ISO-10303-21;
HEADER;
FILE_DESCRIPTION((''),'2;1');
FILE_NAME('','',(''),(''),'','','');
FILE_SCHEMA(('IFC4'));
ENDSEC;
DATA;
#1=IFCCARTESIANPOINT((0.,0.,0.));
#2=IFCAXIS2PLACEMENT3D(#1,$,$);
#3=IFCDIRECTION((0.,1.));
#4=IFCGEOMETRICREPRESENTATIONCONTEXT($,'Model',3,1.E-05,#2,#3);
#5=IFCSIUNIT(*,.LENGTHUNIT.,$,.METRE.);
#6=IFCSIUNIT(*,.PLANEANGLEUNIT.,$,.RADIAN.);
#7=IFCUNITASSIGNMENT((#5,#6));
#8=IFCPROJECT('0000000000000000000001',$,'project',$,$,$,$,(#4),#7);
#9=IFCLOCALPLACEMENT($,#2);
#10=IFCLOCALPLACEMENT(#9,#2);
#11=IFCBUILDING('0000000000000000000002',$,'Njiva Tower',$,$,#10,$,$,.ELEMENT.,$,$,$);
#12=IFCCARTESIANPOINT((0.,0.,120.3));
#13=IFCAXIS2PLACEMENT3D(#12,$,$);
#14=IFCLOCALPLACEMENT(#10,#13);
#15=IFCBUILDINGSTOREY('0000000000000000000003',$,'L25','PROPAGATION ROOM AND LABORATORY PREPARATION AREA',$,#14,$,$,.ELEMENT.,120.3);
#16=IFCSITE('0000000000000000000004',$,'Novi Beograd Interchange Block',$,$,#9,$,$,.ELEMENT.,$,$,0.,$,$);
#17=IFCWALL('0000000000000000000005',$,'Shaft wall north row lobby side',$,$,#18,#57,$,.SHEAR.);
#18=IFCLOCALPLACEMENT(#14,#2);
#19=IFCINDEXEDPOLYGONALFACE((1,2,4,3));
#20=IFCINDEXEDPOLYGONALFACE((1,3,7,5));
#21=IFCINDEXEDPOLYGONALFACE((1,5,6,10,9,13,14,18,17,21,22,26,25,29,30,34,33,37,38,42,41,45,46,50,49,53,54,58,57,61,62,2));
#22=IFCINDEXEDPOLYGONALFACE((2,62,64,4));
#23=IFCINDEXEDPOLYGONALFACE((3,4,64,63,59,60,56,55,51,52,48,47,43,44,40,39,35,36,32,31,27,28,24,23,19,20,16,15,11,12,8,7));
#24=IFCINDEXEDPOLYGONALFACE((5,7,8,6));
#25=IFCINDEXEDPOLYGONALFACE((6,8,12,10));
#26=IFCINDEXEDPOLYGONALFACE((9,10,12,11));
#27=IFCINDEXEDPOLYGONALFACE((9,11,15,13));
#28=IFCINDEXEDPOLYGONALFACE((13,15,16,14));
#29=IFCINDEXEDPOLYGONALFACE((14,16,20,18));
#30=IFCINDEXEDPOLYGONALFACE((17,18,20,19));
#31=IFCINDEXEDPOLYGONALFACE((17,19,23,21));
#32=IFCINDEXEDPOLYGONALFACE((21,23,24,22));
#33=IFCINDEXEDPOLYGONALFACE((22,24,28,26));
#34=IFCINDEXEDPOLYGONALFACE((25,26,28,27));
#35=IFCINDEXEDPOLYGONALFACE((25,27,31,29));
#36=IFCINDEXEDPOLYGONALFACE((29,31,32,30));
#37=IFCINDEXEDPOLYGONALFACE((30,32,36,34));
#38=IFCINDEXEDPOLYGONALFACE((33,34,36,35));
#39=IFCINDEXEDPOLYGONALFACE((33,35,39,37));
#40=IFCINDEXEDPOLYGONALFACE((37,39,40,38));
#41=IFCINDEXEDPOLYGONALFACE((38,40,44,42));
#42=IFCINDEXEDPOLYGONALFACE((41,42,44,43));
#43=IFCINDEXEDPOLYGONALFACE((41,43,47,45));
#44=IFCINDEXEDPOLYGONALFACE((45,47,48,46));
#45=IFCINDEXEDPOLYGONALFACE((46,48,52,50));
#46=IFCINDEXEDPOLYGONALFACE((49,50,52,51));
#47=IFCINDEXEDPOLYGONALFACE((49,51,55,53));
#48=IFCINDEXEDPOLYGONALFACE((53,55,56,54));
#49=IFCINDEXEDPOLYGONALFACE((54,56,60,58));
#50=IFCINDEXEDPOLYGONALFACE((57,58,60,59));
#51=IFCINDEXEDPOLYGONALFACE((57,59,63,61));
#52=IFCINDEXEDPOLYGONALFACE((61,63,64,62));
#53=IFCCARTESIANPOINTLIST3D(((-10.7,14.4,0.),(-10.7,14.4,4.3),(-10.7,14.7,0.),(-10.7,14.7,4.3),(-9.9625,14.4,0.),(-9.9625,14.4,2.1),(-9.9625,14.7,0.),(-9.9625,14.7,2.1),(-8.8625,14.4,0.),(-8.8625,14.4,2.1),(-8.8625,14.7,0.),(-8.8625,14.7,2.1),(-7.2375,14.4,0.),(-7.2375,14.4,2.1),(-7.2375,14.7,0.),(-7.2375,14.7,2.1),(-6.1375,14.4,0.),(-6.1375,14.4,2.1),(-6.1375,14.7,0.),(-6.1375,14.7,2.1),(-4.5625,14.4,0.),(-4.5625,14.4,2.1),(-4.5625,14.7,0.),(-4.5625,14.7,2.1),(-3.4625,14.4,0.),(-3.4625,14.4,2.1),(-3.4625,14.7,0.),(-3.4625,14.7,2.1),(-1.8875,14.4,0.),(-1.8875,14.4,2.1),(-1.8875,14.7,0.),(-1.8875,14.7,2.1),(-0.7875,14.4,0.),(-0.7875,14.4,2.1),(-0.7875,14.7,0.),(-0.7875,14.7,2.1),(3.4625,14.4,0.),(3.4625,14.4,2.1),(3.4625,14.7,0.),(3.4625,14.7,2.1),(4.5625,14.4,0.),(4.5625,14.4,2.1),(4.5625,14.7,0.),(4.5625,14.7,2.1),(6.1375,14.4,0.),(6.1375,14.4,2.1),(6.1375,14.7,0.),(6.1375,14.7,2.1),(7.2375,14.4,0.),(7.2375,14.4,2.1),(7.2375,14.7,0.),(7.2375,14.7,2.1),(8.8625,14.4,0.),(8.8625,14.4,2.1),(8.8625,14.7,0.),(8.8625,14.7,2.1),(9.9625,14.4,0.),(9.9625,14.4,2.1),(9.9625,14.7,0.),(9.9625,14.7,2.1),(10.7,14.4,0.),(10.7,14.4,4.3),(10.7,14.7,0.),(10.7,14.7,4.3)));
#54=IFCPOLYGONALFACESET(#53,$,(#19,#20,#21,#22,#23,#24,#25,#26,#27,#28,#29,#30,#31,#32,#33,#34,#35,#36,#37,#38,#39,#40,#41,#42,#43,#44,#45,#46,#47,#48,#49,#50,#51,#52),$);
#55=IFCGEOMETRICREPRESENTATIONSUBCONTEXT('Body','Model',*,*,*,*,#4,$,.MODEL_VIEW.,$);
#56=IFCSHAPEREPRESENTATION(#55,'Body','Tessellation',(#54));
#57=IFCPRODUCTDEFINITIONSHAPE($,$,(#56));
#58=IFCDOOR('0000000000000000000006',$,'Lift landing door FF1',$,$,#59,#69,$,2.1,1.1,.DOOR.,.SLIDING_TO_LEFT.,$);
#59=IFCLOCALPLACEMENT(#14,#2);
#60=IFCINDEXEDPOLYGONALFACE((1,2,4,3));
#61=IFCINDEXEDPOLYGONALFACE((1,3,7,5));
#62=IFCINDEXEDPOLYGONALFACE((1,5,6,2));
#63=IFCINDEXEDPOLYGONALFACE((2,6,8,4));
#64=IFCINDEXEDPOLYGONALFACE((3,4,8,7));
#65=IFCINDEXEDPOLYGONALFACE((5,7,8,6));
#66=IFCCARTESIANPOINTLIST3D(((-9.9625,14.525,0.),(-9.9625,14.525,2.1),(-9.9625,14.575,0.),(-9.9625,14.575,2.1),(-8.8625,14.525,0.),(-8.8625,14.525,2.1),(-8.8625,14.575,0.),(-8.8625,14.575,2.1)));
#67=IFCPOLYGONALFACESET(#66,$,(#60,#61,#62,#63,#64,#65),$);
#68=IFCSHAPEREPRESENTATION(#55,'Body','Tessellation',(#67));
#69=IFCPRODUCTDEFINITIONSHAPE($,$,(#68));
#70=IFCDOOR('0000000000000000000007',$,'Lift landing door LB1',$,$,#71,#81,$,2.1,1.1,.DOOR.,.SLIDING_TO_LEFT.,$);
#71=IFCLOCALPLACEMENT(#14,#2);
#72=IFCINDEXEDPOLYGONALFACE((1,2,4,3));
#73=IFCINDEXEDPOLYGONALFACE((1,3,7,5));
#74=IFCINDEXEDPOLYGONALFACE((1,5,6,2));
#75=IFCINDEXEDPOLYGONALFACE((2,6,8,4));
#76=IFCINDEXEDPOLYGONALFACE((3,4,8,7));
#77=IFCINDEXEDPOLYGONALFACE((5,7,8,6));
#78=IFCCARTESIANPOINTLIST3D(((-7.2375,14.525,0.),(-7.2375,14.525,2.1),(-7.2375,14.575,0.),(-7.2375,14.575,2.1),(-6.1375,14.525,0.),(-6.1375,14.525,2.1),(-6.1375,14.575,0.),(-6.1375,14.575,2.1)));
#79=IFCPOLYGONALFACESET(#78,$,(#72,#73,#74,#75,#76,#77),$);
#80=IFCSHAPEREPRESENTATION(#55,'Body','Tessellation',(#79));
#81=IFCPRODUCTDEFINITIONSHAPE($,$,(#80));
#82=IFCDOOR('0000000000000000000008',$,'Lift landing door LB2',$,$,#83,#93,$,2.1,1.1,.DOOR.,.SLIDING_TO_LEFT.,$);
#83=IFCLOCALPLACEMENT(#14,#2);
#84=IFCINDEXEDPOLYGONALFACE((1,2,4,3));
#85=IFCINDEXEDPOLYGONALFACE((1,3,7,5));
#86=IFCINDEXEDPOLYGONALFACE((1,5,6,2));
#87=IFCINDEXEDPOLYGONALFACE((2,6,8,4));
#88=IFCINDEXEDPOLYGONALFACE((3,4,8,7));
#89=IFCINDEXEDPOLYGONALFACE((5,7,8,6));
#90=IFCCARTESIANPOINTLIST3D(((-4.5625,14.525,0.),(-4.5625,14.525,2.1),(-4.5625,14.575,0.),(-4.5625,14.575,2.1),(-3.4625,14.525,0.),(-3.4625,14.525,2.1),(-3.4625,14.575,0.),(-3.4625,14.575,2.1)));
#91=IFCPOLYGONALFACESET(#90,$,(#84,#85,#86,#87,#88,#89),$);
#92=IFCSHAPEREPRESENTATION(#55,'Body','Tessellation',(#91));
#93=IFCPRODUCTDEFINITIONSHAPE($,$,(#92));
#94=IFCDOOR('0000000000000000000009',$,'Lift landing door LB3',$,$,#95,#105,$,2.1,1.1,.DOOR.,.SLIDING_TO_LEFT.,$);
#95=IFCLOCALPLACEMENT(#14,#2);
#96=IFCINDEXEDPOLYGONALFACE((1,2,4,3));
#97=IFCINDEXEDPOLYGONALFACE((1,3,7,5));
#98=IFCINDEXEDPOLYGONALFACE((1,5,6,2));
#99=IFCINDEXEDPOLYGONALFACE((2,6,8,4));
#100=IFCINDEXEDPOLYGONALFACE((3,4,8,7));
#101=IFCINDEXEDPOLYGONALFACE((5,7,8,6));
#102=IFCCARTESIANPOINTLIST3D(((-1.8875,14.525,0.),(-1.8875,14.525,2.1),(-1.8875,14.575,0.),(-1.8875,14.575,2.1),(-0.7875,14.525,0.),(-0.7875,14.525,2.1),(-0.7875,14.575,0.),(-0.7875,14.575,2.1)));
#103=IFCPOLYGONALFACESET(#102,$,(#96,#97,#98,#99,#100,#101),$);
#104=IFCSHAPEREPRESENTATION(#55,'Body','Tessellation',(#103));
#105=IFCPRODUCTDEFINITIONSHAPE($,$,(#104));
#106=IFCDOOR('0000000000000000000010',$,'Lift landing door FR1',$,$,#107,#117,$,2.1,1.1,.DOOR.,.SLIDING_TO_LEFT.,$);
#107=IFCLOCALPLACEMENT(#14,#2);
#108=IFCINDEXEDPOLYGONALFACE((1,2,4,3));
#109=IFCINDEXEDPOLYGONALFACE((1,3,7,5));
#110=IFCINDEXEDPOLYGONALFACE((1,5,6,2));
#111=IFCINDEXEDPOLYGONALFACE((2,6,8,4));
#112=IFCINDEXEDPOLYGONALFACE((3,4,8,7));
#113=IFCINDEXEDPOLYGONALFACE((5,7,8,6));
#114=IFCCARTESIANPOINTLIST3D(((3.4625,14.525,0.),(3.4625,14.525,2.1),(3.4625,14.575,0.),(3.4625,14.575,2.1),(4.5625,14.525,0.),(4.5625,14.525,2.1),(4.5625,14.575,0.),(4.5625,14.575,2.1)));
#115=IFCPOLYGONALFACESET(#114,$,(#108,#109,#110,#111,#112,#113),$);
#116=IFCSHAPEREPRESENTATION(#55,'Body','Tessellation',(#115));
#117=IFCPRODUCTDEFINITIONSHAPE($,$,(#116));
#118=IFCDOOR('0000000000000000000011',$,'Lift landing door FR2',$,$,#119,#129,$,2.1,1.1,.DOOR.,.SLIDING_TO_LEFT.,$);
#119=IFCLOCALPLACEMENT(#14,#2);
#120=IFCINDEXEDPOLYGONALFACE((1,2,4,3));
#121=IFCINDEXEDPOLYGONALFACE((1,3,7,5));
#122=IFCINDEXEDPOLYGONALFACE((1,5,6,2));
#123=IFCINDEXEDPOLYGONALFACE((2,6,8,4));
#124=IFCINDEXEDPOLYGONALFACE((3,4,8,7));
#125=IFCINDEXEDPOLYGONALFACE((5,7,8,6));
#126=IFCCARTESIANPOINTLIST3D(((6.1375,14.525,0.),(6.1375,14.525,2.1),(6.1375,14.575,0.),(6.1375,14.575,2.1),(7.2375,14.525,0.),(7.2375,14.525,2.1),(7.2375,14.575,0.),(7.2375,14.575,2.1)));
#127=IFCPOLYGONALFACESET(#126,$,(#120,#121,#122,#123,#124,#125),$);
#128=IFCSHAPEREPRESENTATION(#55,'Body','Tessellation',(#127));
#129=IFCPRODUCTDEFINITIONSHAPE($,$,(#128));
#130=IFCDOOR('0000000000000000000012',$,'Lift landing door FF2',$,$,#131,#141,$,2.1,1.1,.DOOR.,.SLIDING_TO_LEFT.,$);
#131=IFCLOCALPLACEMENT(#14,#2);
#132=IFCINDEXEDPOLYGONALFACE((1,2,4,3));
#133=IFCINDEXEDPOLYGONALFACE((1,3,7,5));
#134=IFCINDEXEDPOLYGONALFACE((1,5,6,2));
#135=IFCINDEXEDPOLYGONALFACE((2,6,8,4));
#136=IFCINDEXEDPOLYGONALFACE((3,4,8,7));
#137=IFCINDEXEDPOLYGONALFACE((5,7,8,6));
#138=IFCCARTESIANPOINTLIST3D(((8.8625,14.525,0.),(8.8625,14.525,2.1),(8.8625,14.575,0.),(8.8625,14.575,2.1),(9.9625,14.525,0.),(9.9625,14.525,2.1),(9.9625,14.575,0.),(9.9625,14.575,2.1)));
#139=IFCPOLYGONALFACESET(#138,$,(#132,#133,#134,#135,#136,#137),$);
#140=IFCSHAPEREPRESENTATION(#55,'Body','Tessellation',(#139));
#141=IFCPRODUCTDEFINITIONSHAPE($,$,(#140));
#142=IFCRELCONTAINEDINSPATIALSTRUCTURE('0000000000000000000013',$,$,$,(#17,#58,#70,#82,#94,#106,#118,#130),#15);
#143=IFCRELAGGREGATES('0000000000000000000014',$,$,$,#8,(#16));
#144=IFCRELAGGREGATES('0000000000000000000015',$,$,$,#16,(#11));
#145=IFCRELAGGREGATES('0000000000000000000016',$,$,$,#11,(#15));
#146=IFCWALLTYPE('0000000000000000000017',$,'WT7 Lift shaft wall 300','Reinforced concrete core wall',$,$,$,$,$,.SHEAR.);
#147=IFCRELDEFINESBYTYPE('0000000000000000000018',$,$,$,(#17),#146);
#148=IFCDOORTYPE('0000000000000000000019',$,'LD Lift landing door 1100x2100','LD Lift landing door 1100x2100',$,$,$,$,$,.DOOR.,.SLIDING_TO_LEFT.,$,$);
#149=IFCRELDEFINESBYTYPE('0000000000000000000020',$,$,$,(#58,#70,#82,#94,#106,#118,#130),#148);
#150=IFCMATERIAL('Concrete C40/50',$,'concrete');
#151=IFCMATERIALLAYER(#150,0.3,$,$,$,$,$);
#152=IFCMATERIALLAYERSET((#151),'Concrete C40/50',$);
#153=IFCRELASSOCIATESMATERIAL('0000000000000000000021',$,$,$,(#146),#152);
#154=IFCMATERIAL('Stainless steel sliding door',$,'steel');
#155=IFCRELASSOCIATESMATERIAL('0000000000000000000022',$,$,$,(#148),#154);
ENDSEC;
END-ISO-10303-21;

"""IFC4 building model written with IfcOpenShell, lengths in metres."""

from ifc_helpers import new_model, si_unit, direction, frame, frame_2d, origin, place, context, subcontext, project, spatial, rectangle, extrude, material, layer, layer_set, type_object, element, fill, save


model = new_model("IFC4")

# Units and contexts
model_context = context("Model", 3, precision=1e-05, world=origin(), true_north=direction((0.0, 1.0)))
body_context = subcontext(model_context, "Body", "Model", "MODEL_VIEW")
ifc_project = project(units=[si_unit("LENGTHUNIT", "METRE"), si_unit("PLANEANGLEUNIT", "RADIAN")], contexts=[model_context])

# Site, building, storey
site_placement = place(None, origin())
site = spatial("IfcSite", under=ifc_project, at=site_placement, Name="Novi Beograd Interchange Block", CompositionType="ELEMENT", RefElevation=0.0)
building_placement = place(site_placement, origin())
building = spatial("IfcBuilding", under=site, at=building_placement, Name="Njiva Tower", CompositionType="ELEMENT")
storey_placement = place(building_placement, frame((0.0, 0.0, 120.3)))
storey = spatial("IfcBuildingStorey", under=building, at=storey_placement, Name="L25", Description="PROPAGATION ROOM AND LABORATORY PREPARATION AREA", CompositionType="ELEMENT", Elevation=120.3)

# Shared definitions
ifc_material_1 = material(Name="Concrete C40/50", Category="concrete")

# Wall, openings, doors
ifc_layer_1 = layer(ifc_material_1, 0.3)
ifc_layer_set_1 = layer_set([ifc_layer_1], Name="Concrete C40/50")
wall_type_1 = type_object("IfcWallType", Name="WT7 Lift shaft wall 300", Description="Reinforced concrete core wall", PredefinedType="SHEAR", material=ifc_layer_set_1)
wall_1_placement = place(storey_placement, frame((-10.7, 14.55, 0.0), z_axis=(0.0, 0.0, 1.0), x_axis=(1.0, 0.0, 0.0)))
wall_1 = element("IfcWall", 1, at=wall_1_placement, inside=storey, type_object=wall_type_1, Name="Shaft wall north row lobby side", PredefinedType="SHEAR", context=body_context, shape_type="SweptSolid", body=[
    extrude(rectangle(XDim=21.4, YDim=0.3, at=frame_2d((10.7, 0.0))), origin(), (0.0, 0.0, 1.0), 4.3),
])
opening_1_placement = place(wall_1_placement, frame((0.7375, 0.0, 0.0)))
opening_1 = element("IfcOpeningElement", 2, at=opening_1_placement, cuts=wall_1, PredefinedType="OPENING", context=body_context, shape_type="SweptSolid", body=[
    extrude(rectangle(XDim=1.1, YDim=2.1, at=frame_2d((0.55, 1.05))), frame((0.0, 0.16, 0.0), z_axis=(0.0, -1.0, 0.0), x_axis=(1.0, 0.0, 0.0)), (0.0, 0.0, 1.0), 0.32),
])
opening_2_placement = place(wall_1_placement, frame((3.4625, 0.0, 0.0)))
opening_2 = element("IfcOpeningElement", 3, at=opening_2_placement, cuts=wall_1, PredefinedType="OPENING", context=body_context, shape_type="SweptSolid", body=[
    extrude(rectangle(XDim=1.1, YDim=2.1, at=frame_2d((0.55, 1.05))), frame((0.0, 0.16, 0.0), z_axis=(0.0, -1.0, 0.0), x_axis=(1.0, 0.0, 0.0)), (0.0, 0.0, 1.0), 0.32),
])
opening_3_placement = place(wall_1_placement, frame((6.1375, 0.0, 0.0)))
opening_3 = element("IfcOpeningElement", 4, at=opening_3_placement, cuts=wall_1, PredefinedType="OPENING", context=body_context, shape_type="SweptSolid", body=[
    extrude(rectangle(XDim=1.1, YDim=2.1, at=frame_2d((0.55, 1.05))), frame((0.0, 0.16, 0.0), z_axis=(0.0, -1.0, 0.0), x_axis=(1.0, 0.0, 0.0)), (0.0, 0.0, 1.0), 0.32),
])
opening_4_placement = place(wall_1_placement, frame((8.8125, 0.0, 0.0)))
opening_4 = element("IfcOpeningElement", 5, at=opening_4_placement, cuts=wall_1, PredefinedType="OPENING", context=body_context, shape_type="SweptSolid", body=[
    extrude(rectangle(XDim=1.1, YDim=2.1, at=frame_2d((0.55, 1.05))), frame((0.0, 0.16, 0.0), z_axis=(0.0, -1.0, 0.0), x_axis=(1.0, 0.0, 0.0)), (0.0, 0.0, 1.0), 0.32),
])
opening_5_placement = place(wall_1_placement, frame((14.1625, 0.0, 0.0)))
opening_5 = element("IfcOpeningElement", 6, at=opening_5_placement, cuts=wall_1, PredefinedType="OPENING", context=body_context, shape_type="SweptSolid", body=[
    extrude(rectangle(XDim=1.1, YDim=2.1, at=frame_2d((0.55, 1.05))), frame((0.0, 0.16, 0.0), z_axis=(0.0, -1.0, 0.0), x_axis=(1.0, 0.0, 0.0)), (0.0, 0.0, 1.0), 0.32),
])
opening_6_placement = place(wall_1_placement, frame((16.8375, 0.0, 0.0)))
opening_6 = element("IfcOpeningElement", 7, at=opening_6_placement, cuts=wall_1, PredefinedType="OPENING", context=body_context, shape_type="SweptSolid", body=[
    extrude(rectangle(XDim=1.1, YDim=2.1, at=frame_2d((0.55, 1.05))), frame((0.0, 0.16, 0.0), z_axis=(0.0, -1.0, 0.0), x_axis=(1.0, 0.0, 0.0)), (0.0, 0.0, 1.0), 0.32),
])
opening_7_placement = place(wall_1_placement, frame((19.5625, 0.0, 0.0)))
opening_7 = element("IfcOpeningElement", 8, at=opening_7_placement, cuts=wall_1, PredefinedType="OPENING", context=body_context, shape_type="SweptSolid", body=[
    extrude(rectangle(XDim=1.1, YDim=2.1, at=frame_2d((0.55, 1.05))), frame((0.0, 0.16, 0.0), z_axis=(0.0, -1.0, 0.0), x_axis=(1.0, 0.0, 0.0)), (0.0, 0.0, 1.0), 0.32),
])
ifc_material_2 = material(Name="Stainless steel sliding door", Category="steel")
door_type_1 = type_object("IfcDoorType", Name="LD Lift landing door 1100x2100", Description="LD Lift landing door 1100x2100", OperationType="SLIDING_TO_LEFT", PredefinedType="DOOR", material=ifc_material_2)
door_1_placement = place(opening_1_placement, origin())
door_1 = element("IfcDoor", 9, at=door_1_placement, inside=storey, type_object=door_type_1, Name="Lift landing door FF1", OperationType="SLIDING_TO_LEFT", OverallHeight=2.1, OverallWidth=1.1, PredefinedType="DOOR", context=body_context, shape_type="SweptSolid", body=[
    extrude(rectangle(XDim=1.1, YDim=2.1, at=frame_2d((0.55, 1.05))), frame((0.0, 0.025, 0.0), z_axis=(0.0, -1.0, 0.0), x_axis=(1.0, 0.0, 0.0)), (0.0, 0.0, 1.0), 0.05),
])
fill(opening_1, door_1)
door_2_placement = place(opening_2_placement, origin())
door_2 = element("IfcDoor", 10, at=door_2_placement, inside=storey, type_object=door_type_1, Name="Lift landing door LB1", OperationType="SLIDING_TO_LEFT", OverallHeight=2.1, OverallWidth=1.1, PredefinedType="DOOR", context=body_context, shape_type="SweptSolid", body=[
    extrude(rectangle(XDim=1.1, YDim=2.1, at=frame_2d((0.55, 1.05))), frame((0.0, 0.025, 0.0), z_axis=(0.0, -1.0, 0.0), x_axis=(1.0, 0.0, 0.0)), (0.0, 0.0, 1.0), 0.05),
])
fill(opening_2, door_2)
door_3_placement = place(opening_3_placement, origin())
door_3 = element("IfcDoor", 11, at=door_3_placement, inside=storey, type_object=door_type_1, Name="Lift landing door LB2", OperationType="SLIDING_TO_LEFT", OverallHeight=2.1, OverallWidth=1.1, PredefinedType="DOOR", context=body_context, shape_type="SweptSolid", body=[
    extrude(rectangle(XDim=1.1, YDim=2.1, at=frame_2d((0.55, 1.05))), frame((0.0, 0.025, 0.0), z_axis=(0.0, -1.0, 0.0), x_axis=(1.0, 0.0, 0.0)), (0.0, 0.0, 1.0), 0.05),
])
fill(opening_3, door_3)
door_4_placement = place(opening_4_placement, origin())
door_4 = element("IfcDoor", 12, at=door_4_placement, inside=storey, type_object=door_type_1, Name="Lift landing door LB3", OperationType="SLIDING_TO_LEFT", OverallHeight=2.1, OverallWidth=1.1, PredefinedType="DOOR", context=body_context, shape_type="SweptSolid", body=[
    extrude(rectangle(XDim=1.1, YDim=2.1, at=frame_2d((0.55, 1.05))), frame((0.0, 0.025, 0.0), z_axis=(0.0, -1.0, 0.0), x_axis=(1.0, 0.0, 0.0)), (0.0, 0.0, 1.0), 0.05),
])
fill(opening_4, door_4)
door_5_placement = place(opening_5_placement, origin())
door_5 = element("IfcDoor", 13, at=door_5_placement, inside=storey, type_object=door_type_1, Name="Lift landing door FR1", OperationType="SLIDING_TO_LEFT", OverallHeight=2.1, OverallWidth=1.1, PredefinedType="DOOR", context=body_context, shape_type="SweptSolid", body=[
    extrude(rectangle(XDim=1.1, YDim=2.1, at=frame_2d((0.55, 1.05))), frame((0.0, 0.025, 0.0), z_axis=(0.0, -1.0, 0.0), x_axis=(1.0, 0.0, 0.0)), (0.0, 0.0, 1.0), 0.05),
])
fill(opening_5, door_5)
door_6_placement = place(opening_6_placement, origin())
door_6 = element("IfcDoor", 14, at=door_6_placement, inside=storey, type_object=door_type_1, Name="Lift landing door FR2", OperationType="SLIDING_TO_LEFT", OverallHeight=2.1, OverallWidth=1.1, PredefinedType="DOOR", context=body_context, shape_type="SweptSolid", body=[
    extrude(rectangle(XDim=1.1, YDim=2.1, at=frame_2d((0.55, 1.05))), frame((0.0, 0.025, 0.0), z_axis=(0.0, -1.0, 0.0), x_axis=(1.0, 0.0, 0.0)), (0.0, 0.0, 1.0), 0.05),
])
fill(opening_6, door_6)
door_7_placement = place(opening_7_placement, origin())
door_7 = element("IfcDoor", 15, at=door_7_placement, inside=storey, type_object=door_type_1, Name="Lift landing door FF2", OperationType="SLIDING_TO_LEFT", OverallHeight=2.1, OverallWidth=1.1, PredefinedType="DOOR", context=body_context, shape_type="SweptSolid", body=[
    extrude(rectangle(XDim=1.1, YDim=2.1, at=frame_2d((0.55, 1.05))), frame((0.0, 0.025, 0.0), z_axis=(0.0, -1.0, 0.0), x_axis=(1.0, 0.0, 0.0)), (0.0, 0.0, 1.0), 0.05),
])
fill(opening_7, door_7)

save(model, "model.ifc")
